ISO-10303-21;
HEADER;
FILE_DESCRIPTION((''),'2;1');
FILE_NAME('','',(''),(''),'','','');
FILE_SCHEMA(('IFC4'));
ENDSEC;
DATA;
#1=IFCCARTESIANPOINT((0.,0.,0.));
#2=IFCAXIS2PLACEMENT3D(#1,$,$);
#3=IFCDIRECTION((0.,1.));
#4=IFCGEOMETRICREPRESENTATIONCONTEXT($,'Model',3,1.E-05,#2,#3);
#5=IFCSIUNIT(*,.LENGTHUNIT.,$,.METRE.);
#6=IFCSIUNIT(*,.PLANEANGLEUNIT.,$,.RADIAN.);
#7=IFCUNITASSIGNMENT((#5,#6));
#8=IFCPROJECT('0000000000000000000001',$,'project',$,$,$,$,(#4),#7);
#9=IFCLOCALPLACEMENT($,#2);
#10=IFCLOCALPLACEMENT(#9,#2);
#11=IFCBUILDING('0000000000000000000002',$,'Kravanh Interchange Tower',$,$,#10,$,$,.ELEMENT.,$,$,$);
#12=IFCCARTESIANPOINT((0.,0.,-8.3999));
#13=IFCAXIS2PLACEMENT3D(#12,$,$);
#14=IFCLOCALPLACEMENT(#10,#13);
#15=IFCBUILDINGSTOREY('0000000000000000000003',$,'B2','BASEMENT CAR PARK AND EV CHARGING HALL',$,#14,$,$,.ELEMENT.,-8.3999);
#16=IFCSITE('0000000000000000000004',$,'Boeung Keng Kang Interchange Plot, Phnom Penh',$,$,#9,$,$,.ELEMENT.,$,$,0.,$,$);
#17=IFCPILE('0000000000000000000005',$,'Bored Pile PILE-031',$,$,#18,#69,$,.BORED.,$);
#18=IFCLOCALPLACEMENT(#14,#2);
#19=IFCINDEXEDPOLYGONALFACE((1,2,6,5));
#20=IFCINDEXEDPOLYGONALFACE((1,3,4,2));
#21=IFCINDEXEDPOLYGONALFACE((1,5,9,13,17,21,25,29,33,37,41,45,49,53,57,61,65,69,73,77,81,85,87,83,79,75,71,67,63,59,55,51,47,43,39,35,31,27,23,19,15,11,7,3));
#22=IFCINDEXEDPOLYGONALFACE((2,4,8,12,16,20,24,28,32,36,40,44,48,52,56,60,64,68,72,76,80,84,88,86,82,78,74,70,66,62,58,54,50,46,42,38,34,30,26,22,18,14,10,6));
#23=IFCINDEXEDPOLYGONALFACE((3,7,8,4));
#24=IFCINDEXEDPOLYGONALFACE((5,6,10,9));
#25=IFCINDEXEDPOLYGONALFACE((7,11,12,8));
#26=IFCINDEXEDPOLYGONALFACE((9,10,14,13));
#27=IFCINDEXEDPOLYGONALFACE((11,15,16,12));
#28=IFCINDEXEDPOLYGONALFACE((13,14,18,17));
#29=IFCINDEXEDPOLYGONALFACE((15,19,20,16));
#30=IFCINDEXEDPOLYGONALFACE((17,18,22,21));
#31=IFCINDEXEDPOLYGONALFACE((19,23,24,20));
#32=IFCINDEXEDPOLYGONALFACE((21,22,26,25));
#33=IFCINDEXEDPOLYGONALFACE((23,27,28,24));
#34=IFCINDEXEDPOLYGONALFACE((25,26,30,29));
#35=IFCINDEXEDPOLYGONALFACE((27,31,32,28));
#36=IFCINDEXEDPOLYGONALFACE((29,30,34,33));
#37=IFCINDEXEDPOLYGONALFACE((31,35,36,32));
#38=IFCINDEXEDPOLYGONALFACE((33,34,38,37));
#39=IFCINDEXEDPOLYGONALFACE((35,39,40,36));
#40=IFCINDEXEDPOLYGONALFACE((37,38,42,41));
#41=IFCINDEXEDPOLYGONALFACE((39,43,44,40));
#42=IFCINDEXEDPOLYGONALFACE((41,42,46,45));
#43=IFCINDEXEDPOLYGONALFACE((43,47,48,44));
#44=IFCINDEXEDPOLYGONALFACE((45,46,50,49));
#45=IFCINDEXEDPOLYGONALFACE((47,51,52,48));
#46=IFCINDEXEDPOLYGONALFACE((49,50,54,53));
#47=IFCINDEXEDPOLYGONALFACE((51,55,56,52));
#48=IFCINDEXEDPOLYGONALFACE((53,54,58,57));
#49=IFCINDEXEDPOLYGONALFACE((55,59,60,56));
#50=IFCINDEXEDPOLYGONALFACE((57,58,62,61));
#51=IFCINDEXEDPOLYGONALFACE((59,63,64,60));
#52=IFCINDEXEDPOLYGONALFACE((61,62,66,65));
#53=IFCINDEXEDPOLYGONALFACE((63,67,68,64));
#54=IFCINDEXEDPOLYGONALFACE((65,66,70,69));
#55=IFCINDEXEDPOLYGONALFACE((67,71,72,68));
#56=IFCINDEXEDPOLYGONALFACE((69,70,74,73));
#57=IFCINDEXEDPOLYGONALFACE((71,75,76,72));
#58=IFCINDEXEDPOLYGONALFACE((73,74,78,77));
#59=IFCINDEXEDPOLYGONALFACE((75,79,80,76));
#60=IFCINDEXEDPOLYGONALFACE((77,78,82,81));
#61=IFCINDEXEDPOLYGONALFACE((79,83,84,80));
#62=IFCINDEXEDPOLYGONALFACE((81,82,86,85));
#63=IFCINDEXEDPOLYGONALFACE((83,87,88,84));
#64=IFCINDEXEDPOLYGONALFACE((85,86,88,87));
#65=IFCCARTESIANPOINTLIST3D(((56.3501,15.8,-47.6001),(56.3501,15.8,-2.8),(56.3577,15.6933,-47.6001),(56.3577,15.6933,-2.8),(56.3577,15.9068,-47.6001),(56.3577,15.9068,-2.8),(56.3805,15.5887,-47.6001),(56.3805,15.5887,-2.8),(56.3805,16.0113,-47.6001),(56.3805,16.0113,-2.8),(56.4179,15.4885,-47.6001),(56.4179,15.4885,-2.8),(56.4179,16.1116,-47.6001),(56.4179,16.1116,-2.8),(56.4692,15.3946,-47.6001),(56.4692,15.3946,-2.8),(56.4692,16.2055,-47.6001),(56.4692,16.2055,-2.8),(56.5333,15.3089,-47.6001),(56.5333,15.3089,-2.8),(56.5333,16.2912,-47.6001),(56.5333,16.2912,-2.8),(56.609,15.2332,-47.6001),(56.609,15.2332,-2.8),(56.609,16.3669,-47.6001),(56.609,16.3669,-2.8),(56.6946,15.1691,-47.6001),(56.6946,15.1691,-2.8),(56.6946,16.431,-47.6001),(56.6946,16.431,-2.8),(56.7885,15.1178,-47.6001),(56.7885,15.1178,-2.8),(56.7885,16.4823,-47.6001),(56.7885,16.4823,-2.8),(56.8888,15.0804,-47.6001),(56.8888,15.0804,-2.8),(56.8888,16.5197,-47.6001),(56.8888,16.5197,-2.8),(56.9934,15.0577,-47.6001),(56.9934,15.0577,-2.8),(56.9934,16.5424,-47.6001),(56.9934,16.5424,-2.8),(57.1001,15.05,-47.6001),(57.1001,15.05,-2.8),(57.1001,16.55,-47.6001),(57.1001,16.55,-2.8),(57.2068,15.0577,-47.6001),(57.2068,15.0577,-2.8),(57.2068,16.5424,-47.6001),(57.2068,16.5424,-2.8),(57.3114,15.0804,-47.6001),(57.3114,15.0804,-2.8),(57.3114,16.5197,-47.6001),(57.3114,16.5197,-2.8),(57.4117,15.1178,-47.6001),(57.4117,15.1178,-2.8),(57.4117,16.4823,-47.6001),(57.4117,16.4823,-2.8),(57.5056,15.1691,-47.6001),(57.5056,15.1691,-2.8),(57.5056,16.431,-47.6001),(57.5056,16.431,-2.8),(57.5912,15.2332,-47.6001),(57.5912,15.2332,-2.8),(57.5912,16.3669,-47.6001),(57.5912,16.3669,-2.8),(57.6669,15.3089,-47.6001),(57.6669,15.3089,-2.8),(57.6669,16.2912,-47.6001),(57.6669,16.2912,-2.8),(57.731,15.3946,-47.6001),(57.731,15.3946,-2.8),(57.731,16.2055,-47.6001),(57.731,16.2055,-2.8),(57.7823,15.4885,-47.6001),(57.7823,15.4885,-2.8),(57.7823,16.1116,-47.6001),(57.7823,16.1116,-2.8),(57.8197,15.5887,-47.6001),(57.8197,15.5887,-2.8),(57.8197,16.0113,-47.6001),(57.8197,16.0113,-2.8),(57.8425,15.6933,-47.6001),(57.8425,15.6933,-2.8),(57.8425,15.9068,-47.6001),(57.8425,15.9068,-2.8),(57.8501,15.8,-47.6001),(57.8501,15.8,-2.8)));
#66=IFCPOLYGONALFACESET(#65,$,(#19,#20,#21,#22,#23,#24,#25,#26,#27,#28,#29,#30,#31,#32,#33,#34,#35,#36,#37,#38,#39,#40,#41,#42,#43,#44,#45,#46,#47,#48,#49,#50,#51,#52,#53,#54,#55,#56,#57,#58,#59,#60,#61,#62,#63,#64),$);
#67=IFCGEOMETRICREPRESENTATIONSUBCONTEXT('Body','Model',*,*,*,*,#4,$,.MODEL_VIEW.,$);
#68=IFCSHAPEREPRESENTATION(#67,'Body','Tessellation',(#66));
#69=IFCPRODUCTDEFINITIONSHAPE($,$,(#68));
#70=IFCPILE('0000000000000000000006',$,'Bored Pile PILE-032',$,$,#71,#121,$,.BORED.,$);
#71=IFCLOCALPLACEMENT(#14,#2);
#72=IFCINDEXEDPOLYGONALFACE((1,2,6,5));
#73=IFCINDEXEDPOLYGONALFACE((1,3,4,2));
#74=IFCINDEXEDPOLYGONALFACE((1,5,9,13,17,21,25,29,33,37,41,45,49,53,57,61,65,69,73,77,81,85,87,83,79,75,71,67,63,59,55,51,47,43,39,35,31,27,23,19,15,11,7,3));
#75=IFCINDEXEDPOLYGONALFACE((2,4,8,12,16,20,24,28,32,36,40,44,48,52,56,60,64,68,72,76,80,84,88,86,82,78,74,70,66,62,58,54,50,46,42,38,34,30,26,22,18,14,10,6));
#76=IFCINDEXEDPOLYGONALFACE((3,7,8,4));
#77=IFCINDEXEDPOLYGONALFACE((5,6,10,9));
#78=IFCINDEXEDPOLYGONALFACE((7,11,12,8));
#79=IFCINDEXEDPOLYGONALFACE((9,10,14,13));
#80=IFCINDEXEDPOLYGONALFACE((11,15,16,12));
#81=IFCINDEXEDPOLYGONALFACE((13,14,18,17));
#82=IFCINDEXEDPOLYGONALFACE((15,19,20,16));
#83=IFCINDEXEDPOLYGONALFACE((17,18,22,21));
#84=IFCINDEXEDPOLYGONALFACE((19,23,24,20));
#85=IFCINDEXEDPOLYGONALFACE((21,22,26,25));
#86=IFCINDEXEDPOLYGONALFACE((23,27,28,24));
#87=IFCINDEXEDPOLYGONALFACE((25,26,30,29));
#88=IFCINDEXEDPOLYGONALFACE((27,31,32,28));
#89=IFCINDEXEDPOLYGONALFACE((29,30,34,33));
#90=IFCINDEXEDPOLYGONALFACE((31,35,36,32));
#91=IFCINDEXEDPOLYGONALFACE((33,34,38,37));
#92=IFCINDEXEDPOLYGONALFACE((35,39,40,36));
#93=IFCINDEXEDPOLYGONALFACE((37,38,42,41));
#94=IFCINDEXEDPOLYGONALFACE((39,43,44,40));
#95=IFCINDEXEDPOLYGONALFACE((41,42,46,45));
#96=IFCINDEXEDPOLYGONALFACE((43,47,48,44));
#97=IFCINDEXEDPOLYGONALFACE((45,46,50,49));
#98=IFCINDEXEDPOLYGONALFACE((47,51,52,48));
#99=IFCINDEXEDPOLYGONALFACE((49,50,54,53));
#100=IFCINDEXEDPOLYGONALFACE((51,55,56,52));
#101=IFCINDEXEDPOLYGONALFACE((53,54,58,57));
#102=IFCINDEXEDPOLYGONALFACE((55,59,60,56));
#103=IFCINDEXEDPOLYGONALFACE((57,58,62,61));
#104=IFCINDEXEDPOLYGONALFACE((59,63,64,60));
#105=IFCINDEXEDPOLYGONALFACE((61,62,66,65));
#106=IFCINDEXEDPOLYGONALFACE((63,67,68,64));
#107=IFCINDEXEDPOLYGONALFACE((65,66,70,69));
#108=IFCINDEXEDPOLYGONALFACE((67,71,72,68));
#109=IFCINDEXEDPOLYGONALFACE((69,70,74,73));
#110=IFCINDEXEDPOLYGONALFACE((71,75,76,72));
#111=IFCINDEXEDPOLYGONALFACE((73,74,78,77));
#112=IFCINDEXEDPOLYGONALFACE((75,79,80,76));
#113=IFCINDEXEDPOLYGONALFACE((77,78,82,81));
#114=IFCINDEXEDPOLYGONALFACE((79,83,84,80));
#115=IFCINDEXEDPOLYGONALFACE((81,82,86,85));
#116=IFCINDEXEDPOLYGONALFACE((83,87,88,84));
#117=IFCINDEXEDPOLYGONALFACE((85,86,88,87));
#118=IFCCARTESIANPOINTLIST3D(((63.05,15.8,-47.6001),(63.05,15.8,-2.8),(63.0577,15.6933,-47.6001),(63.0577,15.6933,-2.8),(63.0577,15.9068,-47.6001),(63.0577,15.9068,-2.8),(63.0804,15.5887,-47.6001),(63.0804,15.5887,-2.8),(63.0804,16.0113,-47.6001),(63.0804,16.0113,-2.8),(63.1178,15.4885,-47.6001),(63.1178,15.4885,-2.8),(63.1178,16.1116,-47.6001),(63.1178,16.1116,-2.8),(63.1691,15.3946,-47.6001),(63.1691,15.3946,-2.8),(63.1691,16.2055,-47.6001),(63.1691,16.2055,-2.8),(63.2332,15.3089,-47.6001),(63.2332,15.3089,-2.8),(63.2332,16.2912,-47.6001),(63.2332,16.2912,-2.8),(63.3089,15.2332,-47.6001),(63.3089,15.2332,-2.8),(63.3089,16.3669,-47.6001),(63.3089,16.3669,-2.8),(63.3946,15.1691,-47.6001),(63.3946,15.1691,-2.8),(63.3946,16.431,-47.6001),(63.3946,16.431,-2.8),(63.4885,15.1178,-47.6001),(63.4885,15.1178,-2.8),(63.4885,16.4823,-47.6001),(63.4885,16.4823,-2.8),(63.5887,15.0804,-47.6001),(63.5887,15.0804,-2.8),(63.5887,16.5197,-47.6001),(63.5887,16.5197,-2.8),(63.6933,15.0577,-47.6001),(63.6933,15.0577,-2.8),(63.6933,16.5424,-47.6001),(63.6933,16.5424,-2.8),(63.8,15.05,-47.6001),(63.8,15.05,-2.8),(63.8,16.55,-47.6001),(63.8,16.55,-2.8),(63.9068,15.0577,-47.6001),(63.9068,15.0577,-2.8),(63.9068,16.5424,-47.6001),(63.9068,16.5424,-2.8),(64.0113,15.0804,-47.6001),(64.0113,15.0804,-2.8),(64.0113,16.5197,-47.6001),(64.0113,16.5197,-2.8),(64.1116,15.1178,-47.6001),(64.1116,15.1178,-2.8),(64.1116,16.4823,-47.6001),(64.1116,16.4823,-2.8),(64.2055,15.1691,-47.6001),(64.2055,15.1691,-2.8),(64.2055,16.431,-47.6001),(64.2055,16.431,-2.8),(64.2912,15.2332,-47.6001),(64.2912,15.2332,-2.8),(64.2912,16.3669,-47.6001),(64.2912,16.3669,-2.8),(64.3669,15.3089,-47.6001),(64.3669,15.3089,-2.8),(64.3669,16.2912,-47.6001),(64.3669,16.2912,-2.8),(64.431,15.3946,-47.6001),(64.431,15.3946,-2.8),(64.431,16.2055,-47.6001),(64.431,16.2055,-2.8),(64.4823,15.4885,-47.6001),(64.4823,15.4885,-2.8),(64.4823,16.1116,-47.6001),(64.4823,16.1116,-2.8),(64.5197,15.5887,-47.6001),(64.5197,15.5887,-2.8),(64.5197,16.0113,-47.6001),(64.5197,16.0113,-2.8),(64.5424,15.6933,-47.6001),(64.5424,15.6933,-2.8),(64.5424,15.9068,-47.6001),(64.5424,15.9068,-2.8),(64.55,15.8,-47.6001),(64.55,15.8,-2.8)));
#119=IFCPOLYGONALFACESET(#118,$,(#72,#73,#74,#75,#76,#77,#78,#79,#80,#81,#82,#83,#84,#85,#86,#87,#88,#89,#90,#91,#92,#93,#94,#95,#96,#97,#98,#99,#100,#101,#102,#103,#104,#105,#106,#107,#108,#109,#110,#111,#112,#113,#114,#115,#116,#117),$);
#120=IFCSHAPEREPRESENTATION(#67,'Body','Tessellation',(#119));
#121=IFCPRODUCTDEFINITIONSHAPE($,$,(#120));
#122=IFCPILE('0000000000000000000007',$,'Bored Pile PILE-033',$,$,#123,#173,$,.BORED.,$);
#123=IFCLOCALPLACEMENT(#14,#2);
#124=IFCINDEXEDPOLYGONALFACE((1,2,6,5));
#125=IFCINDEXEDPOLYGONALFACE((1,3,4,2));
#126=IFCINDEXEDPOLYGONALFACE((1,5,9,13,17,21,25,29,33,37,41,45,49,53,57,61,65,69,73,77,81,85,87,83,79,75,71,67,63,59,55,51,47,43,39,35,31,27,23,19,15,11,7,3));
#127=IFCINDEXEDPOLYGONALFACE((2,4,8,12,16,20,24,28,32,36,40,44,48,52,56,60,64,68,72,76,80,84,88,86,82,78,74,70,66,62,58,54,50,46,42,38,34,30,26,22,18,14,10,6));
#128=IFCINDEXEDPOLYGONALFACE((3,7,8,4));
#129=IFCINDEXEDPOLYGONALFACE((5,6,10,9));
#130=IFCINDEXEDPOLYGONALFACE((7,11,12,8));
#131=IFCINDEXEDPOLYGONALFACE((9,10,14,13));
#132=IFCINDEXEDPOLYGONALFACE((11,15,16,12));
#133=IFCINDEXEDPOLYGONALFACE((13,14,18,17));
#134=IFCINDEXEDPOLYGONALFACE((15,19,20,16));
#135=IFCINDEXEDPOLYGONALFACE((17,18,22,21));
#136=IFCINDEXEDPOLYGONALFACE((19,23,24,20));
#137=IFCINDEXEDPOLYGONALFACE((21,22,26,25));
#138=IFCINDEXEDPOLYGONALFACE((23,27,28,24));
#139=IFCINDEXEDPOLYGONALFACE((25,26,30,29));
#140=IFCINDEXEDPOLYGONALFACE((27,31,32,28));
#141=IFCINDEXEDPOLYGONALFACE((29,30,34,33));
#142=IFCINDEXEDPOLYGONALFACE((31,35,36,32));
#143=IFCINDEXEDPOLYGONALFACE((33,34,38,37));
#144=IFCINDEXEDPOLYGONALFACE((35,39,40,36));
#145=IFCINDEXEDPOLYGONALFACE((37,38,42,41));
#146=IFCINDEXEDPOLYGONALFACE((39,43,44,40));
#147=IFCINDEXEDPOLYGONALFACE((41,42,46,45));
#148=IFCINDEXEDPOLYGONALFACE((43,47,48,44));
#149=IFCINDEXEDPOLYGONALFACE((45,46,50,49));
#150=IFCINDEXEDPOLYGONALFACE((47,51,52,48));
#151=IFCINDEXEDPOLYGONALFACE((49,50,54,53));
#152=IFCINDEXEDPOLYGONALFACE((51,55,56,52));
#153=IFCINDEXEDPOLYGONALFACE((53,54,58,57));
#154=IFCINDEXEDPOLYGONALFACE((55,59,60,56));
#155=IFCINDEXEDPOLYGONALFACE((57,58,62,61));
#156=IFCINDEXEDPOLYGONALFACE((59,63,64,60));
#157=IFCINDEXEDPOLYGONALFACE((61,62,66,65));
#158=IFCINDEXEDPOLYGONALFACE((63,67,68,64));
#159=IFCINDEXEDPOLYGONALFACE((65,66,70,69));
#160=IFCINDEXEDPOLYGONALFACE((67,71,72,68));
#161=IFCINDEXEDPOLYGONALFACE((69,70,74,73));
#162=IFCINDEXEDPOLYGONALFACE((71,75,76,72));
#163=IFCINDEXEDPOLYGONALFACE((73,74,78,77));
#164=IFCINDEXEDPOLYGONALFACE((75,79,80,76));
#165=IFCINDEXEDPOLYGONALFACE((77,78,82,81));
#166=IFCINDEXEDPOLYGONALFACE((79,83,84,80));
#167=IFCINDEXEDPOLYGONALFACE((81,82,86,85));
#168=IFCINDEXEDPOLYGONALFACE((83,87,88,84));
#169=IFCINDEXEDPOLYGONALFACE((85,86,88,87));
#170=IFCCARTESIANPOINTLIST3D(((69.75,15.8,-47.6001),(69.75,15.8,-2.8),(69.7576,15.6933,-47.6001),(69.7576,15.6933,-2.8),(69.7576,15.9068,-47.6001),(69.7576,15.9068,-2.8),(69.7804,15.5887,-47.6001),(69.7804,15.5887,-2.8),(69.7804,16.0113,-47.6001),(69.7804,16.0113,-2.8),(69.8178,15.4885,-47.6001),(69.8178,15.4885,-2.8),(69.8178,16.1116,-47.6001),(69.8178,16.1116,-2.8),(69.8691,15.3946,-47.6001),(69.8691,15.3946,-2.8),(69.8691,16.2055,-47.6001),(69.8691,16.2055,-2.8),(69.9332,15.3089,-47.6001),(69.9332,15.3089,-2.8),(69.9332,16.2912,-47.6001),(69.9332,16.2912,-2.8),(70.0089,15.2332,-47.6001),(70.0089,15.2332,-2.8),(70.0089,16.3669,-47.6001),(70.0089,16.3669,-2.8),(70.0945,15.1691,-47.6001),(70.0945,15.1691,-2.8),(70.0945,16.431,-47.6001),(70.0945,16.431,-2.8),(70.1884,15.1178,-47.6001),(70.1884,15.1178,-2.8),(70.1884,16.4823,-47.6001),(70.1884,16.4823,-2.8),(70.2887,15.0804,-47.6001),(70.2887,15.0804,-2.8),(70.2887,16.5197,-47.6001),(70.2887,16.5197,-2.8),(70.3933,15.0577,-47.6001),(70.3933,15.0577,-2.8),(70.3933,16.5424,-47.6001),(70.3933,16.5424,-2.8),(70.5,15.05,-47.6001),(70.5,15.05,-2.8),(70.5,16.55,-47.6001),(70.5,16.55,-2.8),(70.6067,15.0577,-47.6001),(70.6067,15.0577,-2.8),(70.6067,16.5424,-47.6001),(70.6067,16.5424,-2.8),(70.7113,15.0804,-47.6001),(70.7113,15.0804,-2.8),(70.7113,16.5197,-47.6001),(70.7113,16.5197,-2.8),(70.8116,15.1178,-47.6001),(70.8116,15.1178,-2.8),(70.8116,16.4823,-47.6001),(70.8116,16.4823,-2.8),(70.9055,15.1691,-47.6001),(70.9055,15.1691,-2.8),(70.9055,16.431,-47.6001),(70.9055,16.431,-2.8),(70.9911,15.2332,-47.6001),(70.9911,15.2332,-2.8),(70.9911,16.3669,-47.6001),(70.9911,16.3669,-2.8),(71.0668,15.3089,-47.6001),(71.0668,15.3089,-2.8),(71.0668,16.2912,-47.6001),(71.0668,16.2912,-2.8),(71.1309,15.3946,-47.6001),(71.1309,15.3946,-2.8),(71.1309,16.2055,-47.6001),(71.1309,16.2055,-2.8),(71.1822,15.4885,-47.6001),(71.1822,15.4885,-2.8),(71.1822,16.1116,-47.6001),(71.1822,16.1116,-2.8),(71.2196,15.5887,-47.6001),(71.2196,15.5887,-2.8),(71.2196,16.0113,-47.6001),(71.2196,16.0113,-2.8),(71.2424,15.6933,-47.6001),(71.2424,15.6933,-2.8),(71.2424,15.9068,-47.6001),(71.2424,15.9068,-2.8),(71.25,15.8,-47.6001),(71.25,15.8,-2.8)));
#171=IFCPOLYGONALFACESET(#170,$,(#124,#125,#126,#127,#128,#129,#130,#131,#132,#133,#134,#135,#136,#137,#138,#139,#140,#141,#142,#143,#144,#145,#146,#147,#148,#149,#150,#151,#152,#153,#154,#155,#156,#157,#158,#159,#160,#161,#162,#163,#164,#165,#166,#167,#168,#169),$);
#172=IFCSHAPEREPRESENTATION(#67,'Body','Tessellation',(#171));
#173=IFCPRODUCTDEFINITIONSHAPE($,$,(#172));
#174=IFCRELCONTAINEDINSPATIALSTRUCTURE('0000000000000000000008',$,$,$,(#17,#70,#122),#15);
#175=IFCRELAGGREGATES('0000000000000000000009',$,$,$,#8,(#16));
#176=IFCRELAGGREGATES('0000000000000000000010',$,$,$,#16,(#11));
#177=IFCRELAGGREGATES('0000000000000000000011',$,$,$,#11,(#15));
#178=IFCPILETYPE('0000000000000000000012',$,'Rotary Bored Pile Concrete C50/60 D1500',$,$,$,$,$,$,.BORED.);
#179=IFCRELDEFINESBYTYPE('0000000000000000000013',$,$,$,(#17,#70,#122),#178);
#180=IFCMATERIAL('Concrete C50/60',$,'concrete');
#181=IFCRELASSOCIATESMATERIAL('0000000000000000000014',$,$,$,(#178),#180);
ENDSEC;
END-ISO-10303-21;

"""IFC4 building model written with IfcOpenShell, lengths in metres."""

from ifc_helpers import new_model, si_unit, direction, frame, origin, origin_2d, place, context, subcontext, project, spatial, circle, extrude, material, material_profile, profile_set, type_object, element, save


model = new_model("IFC4")

# Units and contexts
model_context = context("Model", 3, precision=1e-05, world=origin(), true_north=direction((0.0, 1.0)))
body_context = subcontext(model_context, "Body", "Model", "MODEL_VIEW")
ifc_project = project(units=[si_unit("LENGTHUNIT", "METRE"), si_unit("PLANEANGLEUNIT", "RADIAN")], contexts=[model_context])

# Site, building, storey
site_placement = place(None, origin())
site = spatial("IfcSite", under=ifc_project, at=site_placement, Name="Boeung Keng Kang Interchange Plot, Phnom Penh", CompositionType="ELEMENT", RefElevation=0.0)
building_placement = place(site_placement, origin())
building = spatial("IfcBuilding", under=site, at=building_placement, Name="Kravanh Interchange Tower", CompositionType="ELEMENT")
storey_placement = place(building_placement, frame((0.0, 0.0, -8.3999)))
storey = spatial("IfcBuildingStorey", under=building, at=storey_placement, Name="B2", Description="BASEMENT CAR PARK AND EV CHARGING HALL", CompositionType="ELEMENT", Elevation=-8.3999)

# Piles
ifc_material_1 = material(Name="Concrete C50/60", Category="concrete")
ifc_material_profile_1 = material_profile(ifc_material_1, circle(Radius=0.75, at=origin_2d()), Name="PILE-D1500")
ifc_profile_set_1 = profile_set([ifc_material_profile_1], Name="Concrete C50/60")
pile_type_1 = type_object("IfcPileType", Name="Rotary Bored Pile Concrete C50/60 D1500", PredefinedType="BORED", material=ifc_profile_set_1)
for number, where, z_axis, x_axis, name in (
    (1, (57.1001, 15.8, -2.8), (0.0, 0.0, -1.0), (1.0, 0.0, 0.0), "Bored Pile PILE-031"),
    (2, (63.8, 15.8, -2.8), (0.0, 0.0, -1.0), (1.0, 0.0, 0.0), "Bored Pile PILE-032"),
    (3, (70.5, 15.8, -2.8), (0.0, 0.0, -1.0), (1.0, 0.0, 0.0), "Bored Pile PILE-033"),
):
    element("IfcPile", number, at=place(storey_placement, frame(where, z_axis=z_axis, x_axis=x_axis)), inside=storey, type_object=pile_type_1, Name=name, PredefinedType="BORED", context=body_context, shape_type="SweptSolid", body=[
        extrude(circle(Radius=0.75, at=origin_2d()), origin(), (0.0, 0.0, 1.0), 44.8),
    ])

save(model, "model.ifc")
